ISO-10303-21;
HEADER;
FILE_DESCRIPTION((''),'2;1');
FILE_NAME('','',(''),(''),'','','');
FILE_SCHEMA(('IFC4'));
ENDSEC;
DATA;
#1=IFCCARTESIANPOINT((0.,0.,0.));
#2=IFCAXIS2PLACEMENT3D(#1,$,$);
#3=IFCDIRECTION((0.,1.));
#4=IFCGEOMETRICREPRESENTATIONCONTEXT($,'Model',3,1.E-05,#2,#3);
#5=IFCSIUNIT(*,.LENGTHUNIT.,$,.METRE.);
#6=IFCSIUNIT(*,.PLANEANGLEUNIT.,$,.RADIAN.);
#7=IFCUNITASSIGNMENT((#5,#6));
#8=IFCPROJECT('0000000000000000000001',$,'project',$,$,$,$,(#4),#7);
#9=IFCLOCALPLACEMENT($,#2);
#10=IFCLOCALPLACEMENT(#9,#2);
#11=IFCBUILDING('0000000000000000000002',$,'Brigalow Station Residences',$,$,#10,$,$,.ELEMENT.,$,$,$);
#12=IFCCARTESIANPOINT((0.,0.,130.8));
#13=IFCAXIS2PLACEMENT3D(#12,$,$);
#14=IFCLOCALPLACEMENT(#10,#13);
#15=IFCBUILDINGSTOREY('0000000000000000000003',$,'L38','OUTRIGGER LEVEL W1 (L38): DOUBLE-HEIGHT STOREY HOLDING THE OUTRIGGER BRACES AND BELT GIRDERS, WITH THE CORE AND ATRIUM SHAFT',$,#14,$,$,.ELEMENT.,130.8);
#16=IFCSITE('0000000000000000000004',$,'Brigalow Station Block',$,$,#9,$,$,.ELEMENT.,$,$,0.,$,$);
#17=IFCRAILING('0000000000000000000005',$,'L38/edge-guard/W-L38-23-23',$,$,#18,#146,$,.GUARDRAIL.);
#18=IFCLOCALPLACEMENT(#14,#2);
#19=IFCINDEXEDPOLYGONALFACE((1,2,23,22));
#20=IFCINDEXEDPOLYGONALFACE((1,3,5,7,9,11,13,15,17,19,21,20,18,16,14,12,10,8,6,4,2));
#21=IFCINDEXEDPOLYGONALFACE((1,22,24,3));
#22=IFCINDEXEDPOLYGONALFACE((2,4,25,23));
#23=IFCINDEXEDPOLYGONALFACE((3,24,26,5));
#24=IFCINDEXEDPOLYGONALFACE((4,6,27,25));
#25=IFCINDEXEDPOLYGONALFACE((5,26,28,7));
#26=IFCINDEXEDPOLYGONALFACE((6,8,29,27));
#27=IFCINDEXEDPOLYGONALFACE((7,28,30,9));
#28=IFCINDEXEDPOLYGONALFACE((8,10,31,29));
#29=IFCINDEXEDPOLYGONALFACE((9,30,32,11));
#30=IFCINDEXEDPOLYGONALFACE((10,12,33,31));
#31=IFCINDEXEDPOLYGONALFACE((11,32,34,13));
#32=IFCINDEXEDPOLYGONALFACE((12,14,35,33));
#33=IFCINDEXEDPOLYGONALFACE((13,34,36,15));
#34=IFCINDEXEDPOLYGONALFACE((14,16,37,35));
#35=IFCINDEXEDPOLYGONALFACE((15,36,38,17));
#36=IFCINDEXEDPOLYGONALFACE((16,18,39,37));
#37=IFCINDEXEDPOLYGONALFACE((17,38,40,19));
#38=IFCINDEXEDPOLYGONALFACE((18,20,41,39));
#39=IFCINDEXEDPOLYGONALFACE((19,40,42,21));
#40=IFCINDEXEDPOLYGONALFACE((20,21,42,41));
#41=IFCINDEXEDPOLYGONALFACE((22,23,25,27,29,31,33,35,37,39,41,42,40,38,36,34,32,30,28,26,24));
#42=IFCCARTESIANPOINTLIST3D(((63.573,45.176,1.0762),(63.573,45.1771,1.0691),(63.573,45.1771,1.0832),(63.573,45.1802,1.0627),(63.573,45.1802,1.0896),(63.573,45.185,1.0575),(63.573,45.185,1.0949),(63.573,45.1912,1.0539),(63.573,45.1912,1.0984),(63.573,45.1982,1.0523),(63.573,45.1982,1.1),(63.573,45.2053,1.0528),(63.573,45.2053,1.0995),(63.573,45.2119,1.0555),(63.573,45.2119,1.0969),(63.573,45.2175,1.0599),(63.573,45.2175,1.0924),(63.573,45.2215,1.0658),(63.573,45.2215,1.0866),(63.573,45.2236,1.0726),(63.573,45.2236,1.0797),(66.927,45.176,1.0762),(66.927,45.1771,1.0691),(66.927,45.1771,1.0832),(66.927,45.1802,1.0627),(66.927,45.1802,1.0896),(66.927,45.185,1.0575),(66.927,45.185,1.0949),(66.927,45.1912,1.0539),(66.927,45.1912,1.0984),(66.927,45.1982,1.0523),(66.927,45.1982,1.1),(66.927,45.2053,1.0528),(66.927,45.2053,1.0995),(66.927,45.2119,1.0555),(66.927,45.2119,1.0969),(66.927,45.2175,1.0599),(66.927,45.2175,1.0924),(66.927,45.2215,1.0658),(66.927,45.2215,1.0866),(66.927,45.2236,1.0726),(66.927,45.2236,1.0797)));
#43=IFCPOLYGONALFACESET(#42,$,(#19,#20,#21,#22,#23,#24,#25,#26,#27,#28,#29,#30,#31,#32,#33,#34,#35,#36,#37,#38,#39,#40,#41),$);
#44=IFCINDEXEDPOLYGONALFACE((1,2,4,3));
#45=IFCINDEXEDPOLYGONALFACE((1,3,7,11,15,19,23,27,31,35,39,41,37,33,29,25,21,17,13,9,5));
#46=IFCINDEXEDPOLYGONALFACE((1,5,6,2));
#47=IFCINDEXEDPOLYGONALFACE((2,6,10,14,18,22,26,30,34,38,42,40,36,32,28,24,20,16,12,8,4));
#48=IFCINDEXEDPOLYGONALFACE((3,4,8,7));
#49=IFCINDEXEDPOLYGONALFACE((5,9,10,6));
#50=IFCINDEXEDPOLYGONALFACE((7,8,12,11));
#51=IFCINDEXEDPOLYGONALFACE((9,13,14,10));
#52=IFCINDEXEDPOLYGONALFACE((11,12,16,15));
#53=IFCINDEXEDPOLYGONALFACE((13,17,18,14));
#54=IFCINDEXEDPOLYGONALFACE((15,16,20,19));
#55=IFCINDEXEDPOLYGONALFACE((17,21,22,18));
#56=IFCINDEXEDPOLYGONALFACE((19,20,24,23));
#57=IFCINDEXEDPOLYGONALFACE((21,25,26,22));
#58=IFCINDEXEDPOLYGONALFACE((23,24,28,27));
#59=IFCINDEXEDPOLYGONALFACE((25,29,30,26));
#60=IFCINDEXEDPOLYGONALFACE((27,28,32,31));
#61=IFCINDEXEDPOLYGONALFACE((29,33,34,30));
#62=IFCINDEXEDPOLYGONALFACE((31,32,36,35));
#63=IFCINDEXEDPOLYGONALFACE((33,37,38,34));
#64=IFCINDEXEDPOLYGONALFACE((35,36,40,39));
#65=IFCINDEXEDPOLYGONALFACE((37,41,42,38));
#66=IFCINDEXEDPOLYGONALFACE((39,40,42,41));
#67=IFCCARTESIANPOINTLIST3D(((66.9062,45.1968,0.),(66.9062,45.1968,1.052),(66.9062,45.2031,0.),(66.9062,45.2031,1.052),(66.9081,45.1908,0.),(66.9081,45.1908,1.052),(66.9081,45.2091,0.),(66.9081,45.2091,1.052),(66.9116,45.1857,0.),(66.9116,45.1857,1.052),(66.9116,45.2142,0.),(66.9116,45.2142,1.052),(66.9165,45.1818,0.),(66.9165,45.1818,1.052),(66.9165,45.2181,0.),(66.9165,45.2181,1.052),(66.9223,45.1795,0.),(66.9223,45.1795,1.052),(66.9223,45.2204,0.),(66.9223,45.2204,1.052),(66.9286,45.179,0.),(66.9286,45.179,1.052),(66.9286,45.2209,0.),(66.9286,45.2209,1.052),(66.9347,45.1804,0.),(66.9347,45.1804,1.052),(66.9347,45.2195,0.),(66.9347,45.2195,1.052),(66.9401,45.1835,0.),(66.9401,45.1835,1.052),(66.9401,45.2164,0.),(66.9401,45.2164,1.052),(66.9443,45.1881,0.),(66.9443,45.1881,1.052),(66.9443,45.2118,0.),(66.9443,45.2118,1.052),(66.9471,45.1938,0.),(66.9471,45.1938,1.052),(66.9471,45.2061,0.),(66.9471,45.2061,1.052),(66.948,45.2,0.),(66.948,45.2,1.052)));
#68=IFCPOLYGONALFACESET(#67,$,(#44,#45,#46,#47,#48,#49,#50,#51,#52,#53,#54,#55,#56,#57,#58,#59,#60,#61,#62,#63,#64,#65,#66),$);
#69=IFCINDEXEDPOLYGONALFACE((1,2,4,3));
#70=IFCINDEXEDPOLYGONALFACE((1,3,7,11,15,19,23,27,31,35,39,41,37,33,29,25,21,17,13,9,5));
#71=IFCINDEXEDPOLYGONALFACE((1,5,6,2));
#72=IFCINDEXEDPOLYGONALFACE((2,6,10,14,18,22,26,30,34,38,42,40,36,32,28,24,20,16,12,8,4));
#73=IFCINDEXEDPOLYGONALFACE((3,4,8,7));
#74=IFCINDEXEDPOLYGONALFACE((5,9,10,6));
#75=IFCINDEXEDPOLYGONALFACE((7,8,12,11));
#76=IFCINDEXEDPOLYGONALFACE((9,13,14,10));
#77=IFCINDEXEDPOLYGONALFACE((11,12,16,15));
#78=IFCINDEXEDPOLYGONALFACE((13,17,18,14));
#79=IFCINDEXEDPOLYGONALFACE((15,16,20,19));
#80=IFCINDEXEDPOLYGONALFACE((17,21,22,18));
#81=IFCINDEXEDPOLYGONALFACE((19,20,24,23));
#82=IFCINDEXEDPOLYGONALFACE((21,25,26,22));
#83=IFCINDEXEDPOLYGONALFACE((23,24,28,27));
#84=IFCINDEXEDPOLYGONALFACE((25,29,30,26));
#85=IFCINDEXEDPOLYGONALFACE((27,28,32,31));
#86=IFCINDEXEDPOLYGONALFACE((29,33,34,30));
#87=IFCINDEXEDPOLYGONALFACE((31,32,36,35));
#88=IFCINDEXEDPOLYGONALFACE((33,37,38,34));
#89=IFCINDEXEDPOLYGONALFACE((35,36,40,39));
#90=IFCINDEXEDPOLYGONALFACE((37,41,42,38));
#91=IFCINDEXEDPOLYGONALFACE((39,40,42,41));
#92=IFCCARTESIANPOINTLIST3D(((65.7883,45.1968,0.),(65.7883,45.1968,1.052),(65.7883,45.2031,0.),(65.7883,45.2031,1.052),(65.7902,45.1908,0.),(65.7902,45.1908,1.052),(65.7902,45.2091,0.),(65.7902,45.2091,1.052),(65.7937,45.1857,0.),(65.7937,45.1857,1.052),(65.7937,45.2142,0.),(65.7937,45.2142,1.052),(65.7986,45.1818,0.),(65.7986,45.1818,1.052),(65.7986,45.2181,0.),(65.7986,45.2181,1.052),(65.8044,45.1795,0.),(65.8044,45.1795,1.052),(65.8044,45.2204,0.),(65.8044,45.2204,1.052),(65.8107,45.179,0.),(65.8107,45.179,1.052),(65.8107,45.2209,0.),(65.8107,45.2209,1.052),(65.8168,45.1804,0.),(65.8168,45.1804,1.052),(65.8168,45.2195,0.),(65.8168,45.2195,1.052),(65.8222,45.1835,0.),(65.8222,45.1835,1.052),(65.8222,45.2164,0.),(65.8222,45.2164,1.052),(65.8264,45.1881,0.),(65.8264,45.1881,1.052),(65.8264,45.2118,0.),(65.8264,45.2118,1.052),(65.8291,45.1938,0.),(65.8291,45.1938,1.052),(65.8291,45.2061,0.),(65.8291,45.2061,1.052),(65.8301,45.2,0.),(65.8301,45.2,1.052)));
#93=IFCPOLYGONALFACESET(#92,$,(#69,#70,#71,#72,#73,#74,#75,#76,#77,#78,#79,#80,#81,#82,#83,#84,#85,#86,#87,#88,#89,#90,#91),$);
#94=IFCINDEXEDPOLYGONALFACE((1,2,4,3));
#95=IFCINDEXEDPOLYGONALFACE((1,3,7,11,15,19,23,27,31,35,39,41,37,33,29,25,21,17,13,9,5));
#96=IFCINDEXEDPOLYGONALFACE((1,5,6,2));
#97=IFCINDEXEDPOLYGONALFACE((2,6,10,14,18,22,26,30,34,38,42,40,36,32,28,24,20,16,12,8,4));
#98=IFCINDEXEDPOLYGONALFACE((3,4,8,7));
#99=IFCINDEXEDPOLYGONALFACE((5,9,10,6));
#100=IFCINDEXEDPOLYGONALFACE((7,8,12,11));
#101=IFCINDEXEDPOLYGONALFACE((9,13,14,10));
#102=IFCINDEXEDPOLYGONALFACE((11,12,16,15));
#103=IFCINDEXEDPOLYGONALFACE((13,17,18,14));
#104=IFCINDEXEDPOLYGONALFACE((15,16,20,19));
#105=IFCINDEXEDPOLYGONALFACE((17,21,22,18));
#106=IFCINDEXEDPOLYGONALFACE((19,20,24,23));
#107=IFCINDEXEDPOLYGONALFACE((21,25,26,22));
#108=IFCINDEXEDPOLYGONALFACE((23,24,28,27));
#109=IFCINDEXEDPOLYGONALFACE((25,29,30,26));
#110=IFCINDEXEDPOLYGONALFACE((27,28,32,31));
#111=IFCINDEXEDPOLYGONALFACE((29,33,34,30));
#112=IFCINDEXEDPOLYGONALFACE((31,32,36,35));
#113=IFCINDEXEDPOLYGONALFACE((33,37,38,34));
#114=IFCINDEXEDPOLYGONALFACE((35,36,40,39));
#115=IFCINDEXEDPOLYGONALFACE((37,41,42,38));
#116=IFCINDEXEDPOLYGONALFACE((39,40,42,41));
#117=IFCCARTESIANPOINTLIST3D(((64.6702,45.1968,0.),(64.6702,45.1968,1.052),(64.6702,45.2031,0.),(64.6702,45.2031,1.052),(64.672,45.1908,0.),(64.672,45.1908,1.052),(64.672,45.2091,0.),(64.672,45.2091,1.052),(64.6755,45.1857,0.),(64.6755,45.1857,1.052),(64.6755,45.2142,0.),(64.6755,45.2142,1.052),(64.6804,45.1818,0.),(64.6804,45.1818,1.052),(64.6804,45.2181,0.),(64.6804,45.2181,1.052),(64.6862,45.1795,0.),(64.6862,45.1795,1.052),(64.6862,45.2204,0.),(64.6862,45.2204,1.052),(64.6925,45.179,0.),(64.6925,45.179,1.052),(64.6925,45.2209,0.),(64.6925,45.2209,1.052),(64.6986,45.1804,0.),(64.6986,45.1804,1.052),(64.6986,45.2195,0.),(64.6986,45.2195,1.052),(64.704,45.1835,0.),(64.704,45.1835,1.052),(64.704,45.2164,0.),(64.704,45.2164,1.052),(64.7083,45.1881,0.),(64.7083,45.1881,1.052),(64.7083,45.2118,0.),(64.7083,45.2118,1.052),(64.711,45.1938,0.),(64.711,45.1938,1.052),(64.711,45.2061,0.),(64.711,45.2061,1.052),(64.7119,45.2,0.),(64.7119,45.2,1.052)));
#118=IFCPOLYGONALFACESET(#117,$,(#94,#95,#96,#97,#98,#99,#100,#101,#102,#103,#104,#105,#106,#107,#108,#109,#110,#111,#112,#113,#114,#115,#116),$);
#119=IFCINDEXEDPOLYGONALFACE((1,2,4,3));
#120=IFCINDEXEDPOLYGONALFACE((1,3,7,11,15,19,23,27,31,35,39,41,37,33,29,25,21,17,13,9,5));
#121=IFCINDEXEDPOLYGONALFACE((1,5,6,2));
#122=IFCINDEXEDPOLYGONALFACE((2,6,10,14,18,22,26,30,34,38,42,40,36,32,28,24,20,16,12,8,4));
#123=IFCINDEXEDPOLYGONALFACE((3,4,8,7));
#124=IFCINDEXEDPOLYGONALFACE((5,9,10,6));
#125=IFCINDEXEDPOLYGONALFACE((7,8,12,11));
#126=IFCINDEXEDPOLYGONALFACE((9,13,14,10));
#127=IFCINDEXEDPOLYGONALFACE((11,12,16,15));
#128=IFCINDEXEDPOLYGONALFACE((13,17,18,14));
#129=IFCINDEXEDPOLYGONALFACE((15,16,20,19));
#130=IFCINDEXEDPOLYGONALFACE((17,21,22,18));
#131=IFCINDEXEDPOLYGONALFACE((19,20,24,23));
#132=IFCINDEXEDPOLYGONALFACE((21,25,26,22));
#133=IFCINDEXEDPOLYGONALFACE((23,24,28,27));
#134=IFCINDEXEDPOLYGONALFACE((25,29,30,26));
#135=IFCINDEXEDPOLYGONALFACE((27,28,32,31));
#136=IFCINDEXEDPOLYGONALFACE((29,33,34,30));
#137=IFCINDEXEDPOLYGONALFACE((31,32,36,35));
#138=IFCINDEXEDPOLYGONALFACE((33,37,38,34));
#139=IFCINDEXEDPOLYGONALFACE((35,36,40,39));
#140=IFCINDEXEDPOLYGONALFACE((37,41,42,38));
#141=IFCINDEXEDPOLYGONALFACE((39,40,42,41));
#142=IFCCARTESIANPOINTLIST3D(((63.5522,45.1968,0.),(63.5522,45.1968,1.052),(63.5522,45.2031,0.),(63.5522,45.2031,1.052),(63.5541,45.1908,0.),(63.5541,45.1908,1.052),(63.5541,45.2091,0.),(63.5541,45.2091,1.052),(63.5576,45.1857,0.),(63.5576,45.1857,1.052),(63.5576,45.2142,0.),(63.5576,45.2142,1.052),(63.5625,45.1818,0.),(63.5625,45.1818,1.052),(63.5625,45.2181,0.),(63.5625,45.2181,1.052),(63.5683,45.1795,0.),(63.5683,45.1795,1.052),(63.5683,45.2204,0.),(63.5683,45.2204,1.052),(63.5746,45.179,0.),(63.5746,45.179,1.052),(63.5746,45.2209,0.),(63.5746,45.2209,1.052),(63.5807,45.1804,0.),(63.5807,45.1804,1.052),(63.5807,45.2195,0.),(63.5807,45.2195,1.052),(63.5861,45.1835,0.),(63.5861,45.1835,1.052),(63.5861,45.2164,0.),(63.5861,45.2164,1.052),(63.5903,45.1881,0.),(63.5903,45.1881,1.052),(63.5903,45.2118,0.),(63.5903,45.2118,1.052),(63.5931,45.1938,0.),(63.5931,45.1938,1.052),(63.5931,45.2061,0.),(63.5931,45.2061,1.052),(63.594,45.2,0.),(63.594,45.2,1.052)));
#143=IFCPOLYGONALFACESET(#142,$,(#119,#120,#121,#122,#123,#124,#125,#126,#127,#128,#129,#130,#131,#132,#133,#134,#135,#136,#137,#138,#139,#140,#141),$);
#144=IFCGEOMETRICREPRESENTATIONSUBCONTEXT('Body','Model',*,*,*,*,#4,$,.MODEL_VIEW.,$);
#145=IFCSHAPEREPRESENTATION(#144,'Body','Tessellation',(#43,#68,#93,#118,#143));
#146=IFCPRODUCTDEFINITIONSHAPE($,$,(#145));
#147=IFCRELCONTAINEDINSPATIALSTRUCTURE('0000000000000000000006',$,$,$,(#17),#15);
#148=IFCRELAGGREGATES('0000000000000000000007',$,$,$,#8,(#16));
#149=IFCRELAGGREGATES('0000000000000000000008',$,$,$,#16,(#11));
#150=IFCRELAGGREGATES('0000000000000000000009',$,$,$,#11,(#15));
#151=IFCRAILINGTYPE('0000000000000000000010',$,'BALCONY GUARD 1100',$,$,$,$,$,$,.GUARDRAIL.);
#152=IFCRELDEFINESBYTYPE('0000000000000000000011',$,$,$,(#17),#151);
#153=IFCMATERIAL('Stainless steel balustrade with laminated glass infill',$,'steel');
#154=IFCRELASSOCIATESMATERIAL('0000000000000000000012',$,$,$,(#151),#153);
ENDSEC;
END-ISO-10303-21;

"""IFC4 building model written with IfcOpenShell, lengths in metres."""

from ifc_helpers import new_model, si_unit, direction, frame, origin, origin_2d, place, context, subcontext, project, spatial, circle, extrude, material, type_object, element, save


model = new_model("IFC4")

# Units and contexts
model_context = context("Model", 3, precision=1e-05, world=origin(), true_north=direction((0.0, 1.0)))
body_context = subcontext(model_context, "Body", "Model", "MODEL_VIEW")
ifc_project = project(units=[si_unit("LENGTHUNIT", "METRE"), si_unit("PLANEANGLEUNIT", "RADIAN")], contexts=[model_context])

# Site, building, storey
site_placement = place(None, origin())
site = spatial("IfcSite", under=ifc_project, at=site_placement, Name="Brigalow Station Block", CompositionType="ELEMENT", RefElevation=0.0)
building_placement = place(site_placement, origin())
building = spatial("IfcBuilding", under=site, at=building_placement, Name="Brigalow Station Residences", CompositionType="ELEMENT")
storey_placement = place(building_placement, frame((0.0, 0.0, 130.8)))
storey = spatial("IfcBuildingStorey", under=building, at=storey_placement, Name="L38", Description="OUTRIGGER LEVEL W1 (L38): DOUBLE-HEIGHT STOREY HOLDING THE OUTRIGGER BRACES AND BELT GIRDERS, WITH THE CORE AND ATRIUM SHAFT", CompositionType="ELEMENT", Elevation=130.8)

# Railing
ifc_material_1 = material(Name="Stainless steel balustrade with laminated glass infill", Category="steel")
railing_type = type_object("IfcRailingType", Name="BALCONY GUARD 1100", PredefinedType="GUARDRAIL", material=ifc_material_1)
for number, where, name in (
    (1, (66.927, 45.2, 0.0), "L38/edge-guard/W-L38-23-23"),
):
    element("IfcRailing", number, at=place(storey_placement, frame(where)), inside=storey, type_object=railing_type, Name=name, PredefinedType="GUARDRAIL", context=body_context, shape_type="SweptSolid", body=[
        extrude(circle(Radius=0.0239, at=origin_2d()), frame((0.0, 0.0, 1.0762), z_axis=(-1.0, 0.0, 0.0), x_axis=(0.0, -1.0, 0.0)), (0.0, 0.0, 1.0), 3.354),
        extrude(circle(Radius=0.021, at=origin_2d()), origin(), (0.0, 0.0, 1.0), 1.052),
        extrude(circle(Radius=0.021, at=origin_2d()), frame((-1.1179, 0.0, 0.0)), (0.0, 0.0, 1.0), 1.052),
        extrude(circle(Radius=0.021, at=origin_2d()), frame((-2.2361, 0.0, 0.0)), (0.0, 0.0, 1.0), 1.052),
        extrude(circle(Radius=0.021, at=origin_2d()), frame((-3.354, 0.0, 0.0)), (0.0, 0.0, 1.0), 1.052),
    ])

save(model, "model.ifc")
